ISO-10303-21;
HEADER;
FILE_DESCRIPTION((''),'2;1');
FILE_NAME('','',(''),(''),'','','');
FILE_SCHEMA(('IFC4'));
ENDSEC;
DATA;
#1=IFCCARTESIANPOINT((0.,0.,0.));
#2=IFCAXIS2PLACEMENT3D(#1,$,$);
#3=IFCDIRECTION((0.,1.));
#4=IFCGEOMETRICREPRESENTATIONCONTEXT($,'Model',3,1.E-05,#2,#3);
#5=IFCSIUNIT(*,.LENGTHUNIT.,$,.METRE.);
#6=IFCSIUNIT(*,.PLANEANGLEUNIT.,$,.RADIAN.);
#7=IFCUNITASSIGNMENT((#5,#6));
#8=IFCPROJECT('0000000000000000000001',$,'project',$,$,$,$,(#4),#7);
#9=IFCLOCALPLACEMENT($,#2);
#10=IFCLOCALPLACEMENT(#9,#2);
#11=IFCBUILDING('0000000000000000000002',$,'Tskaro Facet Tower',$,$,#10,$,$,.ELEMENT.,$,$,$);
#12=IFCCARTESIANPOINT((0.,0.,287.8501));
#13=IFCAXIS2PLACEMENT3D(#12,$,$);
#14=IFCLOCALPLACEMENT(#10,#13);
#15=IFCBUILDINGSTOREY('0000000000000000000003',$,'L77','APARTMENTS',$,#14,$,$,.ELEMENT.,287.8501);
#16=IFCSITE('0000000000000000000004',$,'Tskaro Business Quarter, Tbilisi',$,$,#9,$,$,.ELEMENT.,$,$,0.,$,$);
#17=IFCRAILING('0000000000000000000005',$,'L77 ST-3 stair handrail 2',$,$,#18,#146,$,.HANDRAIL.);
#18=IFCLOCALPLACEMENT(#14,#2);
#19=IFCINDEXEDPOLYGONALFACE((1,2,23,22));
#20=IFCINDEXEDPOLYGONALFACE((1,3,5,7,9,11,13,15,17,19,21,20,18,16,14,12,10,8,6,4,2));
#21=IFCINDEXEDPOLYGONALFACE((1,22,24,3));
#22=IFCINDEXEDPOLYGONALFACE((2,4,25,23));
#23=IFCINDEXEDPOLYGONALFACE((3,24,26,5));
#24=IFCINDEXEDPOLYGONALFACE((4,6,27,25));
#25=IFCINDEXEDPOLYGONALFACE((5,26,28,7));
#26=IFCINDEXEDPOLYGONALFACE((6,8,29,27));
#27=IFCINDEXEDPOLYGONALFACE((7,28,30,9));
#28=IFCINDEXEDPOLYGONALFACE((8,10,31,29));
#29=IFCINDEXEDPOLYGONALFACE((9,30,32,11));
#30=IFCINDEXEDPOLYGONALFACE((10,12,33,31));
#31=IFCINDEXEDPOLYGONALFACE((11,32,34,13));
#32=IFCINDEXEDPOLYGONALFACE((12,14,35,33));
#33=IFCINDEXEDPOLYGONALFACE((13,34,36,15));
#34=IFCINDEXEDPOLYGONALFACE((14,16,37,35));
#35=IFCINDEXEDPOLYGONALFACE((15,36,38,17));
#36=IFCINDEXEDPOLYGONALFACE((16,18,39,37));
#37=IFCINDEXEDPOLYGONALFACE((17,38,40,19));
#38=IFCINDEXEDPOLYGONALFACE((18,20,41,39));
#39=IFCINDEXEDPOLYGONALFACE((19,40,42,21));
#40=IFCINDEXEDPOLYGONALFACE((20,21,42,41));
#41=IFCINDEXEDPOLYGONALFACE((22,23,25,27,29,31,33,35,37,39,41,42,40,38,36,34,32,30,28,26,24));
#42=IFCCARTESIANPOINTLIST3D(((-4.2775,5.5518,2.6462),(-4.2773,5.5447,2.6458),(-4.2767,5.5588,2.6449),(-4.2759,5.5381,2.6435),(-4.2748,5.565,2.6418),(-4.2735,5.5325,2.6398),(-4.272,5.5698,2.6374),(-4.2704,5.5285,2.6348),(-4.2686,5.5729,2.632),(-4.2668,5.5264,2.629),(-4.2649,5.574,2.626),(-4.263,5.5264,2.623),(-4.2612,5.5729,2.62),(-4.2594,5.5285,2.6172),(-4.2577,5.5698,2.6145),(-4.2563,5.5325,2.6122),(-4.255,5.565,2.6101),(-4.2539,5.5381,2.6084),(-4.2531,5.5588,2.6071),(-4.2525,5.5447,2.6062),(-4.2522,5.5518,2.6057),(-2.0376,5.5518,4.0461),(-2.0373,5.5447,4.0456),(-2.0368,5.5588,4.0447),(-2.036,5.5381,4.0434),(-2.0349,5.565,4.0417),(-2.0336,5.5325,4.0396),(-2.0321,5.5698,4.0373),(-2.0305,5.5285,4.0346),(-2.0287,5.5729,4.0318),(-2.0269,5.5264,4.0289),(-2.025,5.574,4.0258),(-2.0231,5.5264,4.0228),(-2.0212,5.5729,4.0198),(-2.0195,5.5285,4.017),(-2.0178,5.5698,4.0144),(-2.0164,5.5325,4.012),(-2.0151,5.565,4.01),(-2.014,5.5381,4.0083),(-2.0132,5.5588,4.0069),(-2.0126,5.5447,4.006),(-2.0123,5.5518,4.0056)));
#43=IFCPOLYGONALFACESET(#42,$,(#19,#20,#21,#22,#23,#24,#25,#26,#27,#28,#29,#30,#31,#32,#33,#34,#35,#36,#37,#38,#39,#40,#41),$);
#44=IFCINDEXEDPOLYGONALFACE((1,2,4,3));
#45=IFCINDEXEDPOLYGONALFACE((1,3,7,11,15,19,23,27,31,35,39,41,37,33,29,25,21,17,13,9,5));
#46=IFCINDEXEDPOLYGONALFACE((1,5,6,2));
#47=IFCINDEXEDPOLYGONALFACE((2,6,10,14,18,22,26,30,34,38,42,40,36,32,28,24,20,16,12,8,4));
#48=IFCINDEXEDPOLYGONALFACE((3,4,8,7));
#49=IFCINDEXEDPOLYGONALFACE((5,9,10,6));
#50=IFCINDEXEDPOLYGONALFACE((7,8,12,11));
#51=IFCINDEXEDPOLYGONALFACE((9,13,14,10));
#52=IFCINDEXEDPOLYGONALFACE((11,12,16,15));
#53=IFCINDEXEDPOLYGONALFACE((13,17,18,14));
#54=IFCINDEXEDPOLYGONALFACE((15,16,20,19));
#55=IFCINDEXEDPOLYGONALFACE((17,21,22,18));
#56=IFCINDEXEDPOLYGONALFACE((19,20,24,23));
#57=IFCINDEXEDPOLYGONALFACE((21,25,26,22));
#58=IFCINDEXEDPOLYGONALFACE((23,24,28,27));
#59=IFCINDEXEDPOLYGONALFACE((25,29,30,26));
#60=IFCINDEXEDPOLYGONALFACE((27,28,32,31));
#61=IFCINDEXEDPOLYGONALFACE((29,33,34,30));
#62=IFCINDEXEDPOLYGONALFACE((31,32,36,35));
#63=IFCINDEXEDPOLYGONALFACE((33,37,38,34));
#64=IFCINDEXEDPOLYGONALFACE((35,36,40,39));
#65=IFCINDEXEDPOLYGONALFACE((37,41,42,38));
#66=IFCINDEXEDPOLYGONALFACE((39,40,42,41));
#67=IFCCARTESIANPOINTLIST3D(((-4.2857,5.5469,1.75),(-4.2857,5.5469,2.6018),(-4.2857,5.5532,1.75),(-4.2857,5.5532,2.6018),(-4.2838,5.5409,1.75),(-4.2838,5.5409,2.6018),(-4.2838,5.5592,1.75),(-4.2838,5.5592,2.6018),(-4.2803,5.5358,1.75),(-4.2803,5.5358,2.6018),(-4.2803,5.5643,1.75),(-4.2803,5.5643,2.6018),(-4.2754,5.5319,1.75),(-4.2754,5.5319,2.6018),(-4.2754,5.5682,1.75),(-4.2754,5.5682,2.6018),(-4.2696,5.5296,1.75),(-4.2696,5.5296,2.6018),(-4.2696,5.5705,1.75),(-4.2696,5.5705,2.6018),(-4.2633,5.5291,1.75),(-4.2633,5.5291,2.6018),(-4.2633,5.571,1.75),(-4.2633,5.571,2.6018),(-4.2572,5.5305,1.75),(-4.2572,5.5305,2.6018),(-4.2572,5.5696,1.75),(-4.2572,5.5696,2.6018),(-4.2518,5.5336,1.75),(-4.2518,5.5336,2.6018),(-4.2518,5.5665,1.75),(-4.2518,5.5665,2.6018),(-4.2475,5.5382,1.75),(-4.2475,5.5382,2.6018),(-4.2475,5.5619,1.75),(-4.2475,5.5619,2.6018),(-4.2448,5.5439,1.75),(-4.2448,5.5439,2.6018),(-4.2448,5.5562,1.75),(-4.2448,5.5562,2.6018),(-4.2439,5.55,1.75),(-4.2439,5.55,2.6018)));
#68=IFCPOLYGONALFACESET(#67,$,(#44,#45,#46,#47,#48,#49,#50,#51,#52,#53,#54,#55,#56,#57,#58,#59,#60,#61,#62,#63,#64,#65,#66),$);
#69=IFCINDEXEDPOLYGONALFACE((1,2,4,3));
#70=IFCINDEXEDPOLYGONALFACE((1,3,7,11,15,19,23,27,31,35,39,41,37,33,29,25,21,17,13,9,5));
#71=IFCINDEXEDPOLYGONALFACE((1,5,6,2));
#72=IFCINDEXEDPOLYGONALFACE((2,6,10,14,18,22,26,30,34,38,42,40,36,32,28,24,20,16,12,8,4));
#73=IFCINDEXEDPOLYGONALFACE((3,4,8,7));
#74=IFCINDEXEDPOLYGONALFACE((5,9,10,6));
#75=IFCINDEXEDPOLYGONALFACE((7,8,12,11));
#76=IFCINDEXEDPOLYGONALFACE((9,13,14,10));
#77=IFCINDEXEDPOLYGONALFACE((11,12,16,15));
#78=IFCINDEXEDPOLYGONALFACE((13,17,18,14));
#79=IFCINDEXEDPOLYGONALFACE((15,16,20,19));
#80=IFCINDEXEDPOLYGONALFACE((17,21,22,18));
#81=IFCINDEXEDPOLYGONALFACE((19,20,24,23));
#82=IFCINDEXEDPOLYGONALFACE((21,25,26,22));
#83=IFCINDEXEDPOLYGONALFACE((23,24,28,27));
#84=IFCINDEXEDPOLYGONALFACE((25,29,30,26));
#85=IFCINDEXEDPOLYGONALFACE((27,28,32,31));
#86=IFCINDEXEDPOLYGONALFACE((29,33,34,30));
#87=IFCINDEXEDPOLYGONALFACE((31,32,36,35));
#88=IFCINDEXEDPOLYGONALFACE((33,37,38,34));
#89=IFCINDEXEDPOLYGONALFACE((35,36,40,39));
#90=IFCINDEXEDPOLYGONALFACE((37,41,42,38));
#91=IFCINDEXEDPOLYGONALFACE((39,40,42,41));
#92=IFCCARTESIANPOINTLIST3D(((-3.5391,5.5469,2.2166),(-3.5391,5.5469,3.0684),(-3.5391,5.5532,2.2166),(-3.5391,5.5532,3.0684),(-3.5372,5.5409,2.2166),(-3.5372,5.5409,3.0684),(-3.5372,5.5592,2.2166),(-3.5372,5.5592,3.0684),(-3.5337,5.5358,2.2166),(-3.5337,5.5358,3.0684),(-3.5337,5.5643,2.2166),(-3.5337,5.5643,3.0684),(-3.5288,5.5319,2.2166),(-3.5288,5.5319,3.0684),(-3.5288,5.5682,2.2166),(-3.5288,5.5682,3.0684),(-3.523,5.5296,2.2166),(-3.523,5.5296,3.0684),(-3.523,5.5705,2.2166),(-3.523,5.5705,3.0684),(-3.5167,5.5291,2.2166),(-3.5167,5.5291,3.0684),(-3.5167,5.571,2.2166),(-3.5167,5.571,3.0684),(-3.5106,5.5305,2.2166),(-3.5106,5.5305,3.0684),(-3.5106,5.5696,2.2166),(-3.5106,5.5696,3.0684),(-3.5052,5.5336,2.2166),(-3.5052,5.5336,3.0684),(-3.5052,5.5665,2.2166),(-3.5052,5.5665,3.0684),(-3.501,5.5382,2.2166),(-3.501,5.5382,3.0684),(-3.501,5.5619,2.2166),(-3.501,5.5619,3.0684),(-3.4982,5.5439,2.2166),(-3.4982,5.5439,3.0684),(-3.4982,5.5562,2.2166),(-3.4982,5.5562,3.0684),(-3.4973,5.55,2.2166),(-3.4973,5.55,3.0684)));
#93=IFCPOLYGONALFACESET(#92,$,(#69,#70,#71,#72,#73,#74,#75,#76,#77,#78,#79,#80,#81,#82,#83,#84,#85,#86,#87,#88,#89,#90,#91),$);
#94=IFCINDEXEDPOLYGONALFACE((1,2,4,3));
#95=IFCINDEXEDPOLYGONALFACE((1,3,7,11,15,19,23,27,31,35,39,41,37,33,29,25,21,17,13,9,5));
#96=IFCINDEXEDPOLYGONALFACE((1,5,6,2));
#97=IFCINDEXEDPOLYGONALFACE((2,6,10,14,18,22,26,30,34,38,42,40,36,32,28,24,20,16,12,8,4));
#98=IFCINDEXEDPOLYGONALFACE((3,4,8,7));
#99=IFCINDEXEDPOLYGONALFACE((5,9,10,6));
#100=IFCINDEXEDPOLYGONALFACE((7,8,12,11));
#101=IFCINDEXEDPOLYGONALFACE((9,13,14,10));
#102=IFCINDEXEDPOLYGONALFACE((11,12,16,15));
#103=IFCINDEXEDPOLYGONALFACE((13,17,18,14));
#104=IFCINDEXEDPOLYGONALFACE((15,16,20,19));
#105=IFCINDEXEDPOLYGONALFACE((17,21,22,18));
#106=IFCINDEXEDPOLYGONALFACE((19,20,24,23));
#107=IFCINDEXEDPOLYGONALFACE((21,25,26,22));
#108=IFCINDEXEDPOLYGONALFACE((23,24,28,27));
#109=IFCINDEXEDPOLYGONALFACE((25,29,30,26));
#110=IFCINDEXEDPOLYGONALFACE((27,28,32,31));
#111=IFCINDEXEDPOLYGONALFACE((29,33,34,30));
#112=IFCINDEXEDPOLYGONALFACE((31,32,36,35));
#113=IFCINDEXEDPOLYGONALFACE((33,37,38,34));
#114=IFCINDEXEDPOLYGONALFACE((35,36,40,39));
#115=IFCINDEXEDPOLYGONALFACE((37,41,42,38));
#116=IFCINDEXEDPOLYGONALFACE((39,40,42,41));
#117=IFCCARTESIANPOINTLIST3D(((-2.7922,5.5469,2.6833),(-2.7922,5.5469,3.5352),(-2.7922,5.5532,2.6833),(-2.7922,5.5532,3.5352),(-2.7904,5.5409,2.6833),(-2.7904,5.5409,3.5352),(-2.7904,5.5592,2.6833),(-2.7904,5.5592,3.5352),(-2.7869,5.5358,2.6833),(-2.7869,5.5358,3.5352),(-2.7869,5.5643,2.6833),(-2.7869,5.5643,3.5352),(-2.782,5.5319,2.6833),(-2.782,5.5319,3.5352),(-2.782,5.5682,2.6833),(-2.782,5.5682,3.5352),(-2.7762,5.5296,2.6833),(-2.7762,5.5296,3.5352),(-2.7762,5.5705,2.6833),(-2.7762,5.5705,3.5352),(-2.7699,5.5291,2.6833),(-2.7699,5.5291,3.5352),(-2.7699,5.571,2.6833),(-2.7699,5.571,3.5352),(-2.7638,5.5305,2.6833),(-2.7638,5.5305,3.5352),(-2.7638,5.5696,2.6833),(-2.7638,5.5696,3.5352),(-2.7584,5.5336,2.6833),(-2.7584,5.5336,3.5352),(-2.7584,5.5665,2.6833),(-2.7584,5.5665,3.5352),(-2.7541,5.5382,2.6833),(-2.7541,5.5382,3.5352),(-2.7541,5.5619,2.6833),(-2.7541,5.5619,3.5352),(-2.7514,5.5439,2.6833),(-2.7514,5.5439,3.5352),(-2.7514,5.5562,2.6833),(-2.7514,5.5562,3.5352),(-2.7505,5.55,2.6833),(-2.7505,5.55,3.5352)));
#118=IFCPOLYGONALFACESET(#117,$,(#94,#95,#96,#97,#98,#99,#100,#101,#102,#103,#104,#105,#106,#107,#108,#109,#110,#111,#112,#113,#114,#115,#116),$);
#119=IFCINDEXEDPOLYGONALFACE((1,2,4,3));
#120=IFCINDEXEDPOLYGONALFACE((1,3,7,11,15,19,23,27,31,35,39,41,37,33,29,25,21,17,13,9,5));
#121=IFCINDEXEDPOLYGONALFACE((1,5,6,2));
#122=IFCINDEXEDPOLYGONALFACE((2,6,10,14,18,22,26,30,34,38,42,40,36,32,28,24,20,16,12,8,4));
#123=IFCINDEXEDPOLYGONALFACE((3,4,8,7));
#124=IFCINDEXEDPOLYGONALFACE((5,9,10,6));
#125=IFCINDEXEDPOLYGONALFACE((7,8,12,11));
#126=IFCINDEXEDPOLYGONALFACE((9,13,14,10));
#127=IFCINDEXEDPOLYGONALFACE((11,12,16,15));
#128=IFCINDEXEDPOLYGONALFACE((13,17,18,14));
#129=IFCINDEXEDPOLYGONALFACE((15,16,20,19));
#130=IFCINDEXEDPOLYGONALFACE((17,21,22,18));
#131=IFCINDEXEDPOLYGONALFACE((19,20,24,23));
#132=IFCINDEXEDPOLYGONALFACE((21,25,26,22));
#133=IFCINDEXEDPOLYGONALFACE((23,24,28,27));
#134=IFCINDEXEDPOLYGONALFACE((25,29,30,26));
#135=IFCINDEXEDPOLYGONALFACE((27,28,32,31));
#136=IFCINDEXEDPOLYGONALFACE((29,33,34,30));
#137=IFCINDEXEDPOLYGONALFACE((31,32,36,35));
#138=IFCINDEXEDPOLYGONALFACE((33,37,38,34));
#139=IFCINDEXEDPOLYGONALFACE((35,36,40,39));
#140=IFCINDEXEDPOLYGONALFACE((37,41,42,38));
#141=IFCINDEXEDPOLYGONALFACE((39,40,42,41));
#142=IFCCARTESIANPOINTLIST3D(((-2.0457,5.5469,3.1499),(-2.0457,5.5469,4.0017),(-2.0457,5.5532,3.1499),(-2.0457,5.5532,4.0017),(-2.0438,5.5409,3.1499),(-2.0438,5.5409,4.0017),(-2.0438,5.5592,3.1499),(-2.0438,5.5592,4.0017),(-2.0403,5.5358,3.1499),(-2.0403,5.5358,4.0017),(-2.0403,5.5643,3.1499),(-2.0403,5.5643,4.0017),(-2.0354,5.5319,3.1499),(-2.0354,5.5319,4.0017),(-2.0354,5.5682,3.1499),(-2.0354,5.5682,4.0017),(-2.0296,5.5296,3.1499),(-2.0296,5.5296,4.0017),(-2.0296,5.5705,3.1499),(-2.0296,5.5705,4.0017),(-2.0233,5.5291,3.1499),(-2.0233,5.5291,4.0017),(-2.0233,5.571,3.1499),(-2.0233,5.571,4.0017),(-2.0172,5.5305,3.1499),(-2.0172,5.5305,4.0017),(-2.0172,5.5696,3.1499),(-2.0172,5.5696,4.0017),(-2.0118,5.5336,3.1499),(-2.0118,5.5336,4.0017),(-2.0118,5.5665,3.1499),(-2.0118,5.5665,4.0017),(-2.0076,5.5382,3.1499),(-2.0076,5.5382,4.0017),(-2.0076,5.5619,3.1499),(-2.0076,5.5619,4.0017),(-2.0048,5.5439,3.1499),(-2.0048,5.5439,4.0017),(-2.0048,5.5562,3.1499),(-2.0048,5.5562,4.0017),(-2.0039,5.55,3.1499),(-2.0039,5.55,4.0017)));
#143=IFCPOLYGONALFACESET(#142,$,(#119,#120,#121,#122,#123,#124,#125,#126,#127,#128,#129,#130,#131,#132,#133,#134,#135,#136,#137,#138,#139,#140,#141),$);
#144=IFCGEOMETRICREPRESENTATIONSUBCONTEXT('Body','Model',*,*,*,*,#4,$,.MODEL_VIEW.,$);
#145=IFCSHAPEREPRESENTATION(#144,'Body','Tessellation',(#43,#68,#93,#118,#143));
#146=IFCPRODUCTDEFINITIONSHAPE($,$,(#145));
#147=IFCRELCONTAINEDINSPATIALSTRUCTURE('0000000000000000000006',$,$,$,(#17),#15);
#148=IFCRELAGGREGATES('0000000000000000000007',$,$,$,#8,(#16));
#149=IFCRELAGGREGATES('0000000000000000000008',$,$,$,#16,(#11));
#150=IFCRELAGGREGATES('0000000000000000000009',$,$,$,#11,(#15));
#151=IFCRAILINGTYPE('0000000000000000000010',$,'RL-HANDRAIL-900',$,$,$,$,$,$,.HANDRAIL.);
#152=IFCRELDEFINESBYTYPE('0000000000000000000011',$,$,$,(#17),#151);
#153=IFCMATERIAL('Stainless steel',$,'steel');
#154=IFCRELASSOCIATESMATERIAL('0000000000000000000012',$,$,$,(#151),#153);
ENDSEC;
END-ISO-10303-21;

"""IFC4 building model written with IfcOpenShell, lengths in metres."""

from ifc_helpers import new_model, si_unit, direction, frame, origin, origin_2d, place, context, subcontext, project, spatial, circle, extrude, material, type_object, element, save


model = new_model("IFC4")

# Units and contexts
model_context = context("Model", 3, precision=1e-05, world=origin(), true_north=direction((0.0, 1.0)))
body_context = subcontext(model_context, "Body", "Model", "MODEL_VIEW")
ifc_project = project(units=[si_unit("LENGTHUNIT", "METRE"), si_unit("PLANEANGLEUNIT", "RADIAN")], contexts=[model_context])

# Site, building, storey
site_placement = place(None, origin())
site = spatial("IfcSite", under=ifc_project, at=site_placement, Name="Tskaro Business Quarter, Tbilisi", CompositionType="ELEMENT", RefElevation=0.0)
building_placement = place(site_placement, origin())
building = spatial("IfcBuilding", under=site, at=building_placement, Name="Tskaro Facet Tower", CompositionType="ELEMENT")
storey_placement = place(building_placement, frame((0.0, 0.0, 287.8501)))
storey = spatial("IfcBuildingStorey", under=building, at=storey_placement, Name="L77", Description="APARTMENTS", CompositionType="ELEMENT", Elevation=287.8501)

# Railing
ifc_material_1 = material(Name="Stainless steel", Category="steel")
railing_type = type_object("IfcRailingType", Name="RL-HANDRAIL-900", PredefinedType="HANDRAIL", material=ifc_material_1)
railing_placement = place(storey_placement, frame((-4.2649, 5.55, 1.75)))
element("IfcRailing", 1, at=railing_placement, inside=storey, type_object=railing_type, Name="L77 ST-3 stair handrail 2", PredefinedType="HANDRAIL", context=body_context, shape_type="SweptSolid", body=[
    extrude(circle(Radius=0.0239, at=origin_2d()), frame((0.0, 0.0, 0.876), z_axis=(0.848014, 0.0, 0.529974), x_axis=(0.0, 1.0, 0.0)), (0.0, 0.0, 1.0), 2.6414),
    extrude(circle(Radius=0.021, at=origin_2d()), origin(), (0.0, 0.0, 1.0), 0.8518),
    extrude(circle(Radius=0.021, at=origin_2d()), frame((0.7466, 0.0, 0.4666)), (0.0, 0.0, 1.0), 0.8518),
    extrude(circle(Radius=0.021, at=origin_2d()), frame((1.4934, 0.0, 0.9333)), (0.0, 0.0, 1.0), 0.8518),
    extrude(circle(Radius=0.021, at=origin_2d()), frame((2.24, 0.0, 1.3999)), (0.0, 0.0, 1.0), 0.8518),
])

save(model, "model.ifc")
